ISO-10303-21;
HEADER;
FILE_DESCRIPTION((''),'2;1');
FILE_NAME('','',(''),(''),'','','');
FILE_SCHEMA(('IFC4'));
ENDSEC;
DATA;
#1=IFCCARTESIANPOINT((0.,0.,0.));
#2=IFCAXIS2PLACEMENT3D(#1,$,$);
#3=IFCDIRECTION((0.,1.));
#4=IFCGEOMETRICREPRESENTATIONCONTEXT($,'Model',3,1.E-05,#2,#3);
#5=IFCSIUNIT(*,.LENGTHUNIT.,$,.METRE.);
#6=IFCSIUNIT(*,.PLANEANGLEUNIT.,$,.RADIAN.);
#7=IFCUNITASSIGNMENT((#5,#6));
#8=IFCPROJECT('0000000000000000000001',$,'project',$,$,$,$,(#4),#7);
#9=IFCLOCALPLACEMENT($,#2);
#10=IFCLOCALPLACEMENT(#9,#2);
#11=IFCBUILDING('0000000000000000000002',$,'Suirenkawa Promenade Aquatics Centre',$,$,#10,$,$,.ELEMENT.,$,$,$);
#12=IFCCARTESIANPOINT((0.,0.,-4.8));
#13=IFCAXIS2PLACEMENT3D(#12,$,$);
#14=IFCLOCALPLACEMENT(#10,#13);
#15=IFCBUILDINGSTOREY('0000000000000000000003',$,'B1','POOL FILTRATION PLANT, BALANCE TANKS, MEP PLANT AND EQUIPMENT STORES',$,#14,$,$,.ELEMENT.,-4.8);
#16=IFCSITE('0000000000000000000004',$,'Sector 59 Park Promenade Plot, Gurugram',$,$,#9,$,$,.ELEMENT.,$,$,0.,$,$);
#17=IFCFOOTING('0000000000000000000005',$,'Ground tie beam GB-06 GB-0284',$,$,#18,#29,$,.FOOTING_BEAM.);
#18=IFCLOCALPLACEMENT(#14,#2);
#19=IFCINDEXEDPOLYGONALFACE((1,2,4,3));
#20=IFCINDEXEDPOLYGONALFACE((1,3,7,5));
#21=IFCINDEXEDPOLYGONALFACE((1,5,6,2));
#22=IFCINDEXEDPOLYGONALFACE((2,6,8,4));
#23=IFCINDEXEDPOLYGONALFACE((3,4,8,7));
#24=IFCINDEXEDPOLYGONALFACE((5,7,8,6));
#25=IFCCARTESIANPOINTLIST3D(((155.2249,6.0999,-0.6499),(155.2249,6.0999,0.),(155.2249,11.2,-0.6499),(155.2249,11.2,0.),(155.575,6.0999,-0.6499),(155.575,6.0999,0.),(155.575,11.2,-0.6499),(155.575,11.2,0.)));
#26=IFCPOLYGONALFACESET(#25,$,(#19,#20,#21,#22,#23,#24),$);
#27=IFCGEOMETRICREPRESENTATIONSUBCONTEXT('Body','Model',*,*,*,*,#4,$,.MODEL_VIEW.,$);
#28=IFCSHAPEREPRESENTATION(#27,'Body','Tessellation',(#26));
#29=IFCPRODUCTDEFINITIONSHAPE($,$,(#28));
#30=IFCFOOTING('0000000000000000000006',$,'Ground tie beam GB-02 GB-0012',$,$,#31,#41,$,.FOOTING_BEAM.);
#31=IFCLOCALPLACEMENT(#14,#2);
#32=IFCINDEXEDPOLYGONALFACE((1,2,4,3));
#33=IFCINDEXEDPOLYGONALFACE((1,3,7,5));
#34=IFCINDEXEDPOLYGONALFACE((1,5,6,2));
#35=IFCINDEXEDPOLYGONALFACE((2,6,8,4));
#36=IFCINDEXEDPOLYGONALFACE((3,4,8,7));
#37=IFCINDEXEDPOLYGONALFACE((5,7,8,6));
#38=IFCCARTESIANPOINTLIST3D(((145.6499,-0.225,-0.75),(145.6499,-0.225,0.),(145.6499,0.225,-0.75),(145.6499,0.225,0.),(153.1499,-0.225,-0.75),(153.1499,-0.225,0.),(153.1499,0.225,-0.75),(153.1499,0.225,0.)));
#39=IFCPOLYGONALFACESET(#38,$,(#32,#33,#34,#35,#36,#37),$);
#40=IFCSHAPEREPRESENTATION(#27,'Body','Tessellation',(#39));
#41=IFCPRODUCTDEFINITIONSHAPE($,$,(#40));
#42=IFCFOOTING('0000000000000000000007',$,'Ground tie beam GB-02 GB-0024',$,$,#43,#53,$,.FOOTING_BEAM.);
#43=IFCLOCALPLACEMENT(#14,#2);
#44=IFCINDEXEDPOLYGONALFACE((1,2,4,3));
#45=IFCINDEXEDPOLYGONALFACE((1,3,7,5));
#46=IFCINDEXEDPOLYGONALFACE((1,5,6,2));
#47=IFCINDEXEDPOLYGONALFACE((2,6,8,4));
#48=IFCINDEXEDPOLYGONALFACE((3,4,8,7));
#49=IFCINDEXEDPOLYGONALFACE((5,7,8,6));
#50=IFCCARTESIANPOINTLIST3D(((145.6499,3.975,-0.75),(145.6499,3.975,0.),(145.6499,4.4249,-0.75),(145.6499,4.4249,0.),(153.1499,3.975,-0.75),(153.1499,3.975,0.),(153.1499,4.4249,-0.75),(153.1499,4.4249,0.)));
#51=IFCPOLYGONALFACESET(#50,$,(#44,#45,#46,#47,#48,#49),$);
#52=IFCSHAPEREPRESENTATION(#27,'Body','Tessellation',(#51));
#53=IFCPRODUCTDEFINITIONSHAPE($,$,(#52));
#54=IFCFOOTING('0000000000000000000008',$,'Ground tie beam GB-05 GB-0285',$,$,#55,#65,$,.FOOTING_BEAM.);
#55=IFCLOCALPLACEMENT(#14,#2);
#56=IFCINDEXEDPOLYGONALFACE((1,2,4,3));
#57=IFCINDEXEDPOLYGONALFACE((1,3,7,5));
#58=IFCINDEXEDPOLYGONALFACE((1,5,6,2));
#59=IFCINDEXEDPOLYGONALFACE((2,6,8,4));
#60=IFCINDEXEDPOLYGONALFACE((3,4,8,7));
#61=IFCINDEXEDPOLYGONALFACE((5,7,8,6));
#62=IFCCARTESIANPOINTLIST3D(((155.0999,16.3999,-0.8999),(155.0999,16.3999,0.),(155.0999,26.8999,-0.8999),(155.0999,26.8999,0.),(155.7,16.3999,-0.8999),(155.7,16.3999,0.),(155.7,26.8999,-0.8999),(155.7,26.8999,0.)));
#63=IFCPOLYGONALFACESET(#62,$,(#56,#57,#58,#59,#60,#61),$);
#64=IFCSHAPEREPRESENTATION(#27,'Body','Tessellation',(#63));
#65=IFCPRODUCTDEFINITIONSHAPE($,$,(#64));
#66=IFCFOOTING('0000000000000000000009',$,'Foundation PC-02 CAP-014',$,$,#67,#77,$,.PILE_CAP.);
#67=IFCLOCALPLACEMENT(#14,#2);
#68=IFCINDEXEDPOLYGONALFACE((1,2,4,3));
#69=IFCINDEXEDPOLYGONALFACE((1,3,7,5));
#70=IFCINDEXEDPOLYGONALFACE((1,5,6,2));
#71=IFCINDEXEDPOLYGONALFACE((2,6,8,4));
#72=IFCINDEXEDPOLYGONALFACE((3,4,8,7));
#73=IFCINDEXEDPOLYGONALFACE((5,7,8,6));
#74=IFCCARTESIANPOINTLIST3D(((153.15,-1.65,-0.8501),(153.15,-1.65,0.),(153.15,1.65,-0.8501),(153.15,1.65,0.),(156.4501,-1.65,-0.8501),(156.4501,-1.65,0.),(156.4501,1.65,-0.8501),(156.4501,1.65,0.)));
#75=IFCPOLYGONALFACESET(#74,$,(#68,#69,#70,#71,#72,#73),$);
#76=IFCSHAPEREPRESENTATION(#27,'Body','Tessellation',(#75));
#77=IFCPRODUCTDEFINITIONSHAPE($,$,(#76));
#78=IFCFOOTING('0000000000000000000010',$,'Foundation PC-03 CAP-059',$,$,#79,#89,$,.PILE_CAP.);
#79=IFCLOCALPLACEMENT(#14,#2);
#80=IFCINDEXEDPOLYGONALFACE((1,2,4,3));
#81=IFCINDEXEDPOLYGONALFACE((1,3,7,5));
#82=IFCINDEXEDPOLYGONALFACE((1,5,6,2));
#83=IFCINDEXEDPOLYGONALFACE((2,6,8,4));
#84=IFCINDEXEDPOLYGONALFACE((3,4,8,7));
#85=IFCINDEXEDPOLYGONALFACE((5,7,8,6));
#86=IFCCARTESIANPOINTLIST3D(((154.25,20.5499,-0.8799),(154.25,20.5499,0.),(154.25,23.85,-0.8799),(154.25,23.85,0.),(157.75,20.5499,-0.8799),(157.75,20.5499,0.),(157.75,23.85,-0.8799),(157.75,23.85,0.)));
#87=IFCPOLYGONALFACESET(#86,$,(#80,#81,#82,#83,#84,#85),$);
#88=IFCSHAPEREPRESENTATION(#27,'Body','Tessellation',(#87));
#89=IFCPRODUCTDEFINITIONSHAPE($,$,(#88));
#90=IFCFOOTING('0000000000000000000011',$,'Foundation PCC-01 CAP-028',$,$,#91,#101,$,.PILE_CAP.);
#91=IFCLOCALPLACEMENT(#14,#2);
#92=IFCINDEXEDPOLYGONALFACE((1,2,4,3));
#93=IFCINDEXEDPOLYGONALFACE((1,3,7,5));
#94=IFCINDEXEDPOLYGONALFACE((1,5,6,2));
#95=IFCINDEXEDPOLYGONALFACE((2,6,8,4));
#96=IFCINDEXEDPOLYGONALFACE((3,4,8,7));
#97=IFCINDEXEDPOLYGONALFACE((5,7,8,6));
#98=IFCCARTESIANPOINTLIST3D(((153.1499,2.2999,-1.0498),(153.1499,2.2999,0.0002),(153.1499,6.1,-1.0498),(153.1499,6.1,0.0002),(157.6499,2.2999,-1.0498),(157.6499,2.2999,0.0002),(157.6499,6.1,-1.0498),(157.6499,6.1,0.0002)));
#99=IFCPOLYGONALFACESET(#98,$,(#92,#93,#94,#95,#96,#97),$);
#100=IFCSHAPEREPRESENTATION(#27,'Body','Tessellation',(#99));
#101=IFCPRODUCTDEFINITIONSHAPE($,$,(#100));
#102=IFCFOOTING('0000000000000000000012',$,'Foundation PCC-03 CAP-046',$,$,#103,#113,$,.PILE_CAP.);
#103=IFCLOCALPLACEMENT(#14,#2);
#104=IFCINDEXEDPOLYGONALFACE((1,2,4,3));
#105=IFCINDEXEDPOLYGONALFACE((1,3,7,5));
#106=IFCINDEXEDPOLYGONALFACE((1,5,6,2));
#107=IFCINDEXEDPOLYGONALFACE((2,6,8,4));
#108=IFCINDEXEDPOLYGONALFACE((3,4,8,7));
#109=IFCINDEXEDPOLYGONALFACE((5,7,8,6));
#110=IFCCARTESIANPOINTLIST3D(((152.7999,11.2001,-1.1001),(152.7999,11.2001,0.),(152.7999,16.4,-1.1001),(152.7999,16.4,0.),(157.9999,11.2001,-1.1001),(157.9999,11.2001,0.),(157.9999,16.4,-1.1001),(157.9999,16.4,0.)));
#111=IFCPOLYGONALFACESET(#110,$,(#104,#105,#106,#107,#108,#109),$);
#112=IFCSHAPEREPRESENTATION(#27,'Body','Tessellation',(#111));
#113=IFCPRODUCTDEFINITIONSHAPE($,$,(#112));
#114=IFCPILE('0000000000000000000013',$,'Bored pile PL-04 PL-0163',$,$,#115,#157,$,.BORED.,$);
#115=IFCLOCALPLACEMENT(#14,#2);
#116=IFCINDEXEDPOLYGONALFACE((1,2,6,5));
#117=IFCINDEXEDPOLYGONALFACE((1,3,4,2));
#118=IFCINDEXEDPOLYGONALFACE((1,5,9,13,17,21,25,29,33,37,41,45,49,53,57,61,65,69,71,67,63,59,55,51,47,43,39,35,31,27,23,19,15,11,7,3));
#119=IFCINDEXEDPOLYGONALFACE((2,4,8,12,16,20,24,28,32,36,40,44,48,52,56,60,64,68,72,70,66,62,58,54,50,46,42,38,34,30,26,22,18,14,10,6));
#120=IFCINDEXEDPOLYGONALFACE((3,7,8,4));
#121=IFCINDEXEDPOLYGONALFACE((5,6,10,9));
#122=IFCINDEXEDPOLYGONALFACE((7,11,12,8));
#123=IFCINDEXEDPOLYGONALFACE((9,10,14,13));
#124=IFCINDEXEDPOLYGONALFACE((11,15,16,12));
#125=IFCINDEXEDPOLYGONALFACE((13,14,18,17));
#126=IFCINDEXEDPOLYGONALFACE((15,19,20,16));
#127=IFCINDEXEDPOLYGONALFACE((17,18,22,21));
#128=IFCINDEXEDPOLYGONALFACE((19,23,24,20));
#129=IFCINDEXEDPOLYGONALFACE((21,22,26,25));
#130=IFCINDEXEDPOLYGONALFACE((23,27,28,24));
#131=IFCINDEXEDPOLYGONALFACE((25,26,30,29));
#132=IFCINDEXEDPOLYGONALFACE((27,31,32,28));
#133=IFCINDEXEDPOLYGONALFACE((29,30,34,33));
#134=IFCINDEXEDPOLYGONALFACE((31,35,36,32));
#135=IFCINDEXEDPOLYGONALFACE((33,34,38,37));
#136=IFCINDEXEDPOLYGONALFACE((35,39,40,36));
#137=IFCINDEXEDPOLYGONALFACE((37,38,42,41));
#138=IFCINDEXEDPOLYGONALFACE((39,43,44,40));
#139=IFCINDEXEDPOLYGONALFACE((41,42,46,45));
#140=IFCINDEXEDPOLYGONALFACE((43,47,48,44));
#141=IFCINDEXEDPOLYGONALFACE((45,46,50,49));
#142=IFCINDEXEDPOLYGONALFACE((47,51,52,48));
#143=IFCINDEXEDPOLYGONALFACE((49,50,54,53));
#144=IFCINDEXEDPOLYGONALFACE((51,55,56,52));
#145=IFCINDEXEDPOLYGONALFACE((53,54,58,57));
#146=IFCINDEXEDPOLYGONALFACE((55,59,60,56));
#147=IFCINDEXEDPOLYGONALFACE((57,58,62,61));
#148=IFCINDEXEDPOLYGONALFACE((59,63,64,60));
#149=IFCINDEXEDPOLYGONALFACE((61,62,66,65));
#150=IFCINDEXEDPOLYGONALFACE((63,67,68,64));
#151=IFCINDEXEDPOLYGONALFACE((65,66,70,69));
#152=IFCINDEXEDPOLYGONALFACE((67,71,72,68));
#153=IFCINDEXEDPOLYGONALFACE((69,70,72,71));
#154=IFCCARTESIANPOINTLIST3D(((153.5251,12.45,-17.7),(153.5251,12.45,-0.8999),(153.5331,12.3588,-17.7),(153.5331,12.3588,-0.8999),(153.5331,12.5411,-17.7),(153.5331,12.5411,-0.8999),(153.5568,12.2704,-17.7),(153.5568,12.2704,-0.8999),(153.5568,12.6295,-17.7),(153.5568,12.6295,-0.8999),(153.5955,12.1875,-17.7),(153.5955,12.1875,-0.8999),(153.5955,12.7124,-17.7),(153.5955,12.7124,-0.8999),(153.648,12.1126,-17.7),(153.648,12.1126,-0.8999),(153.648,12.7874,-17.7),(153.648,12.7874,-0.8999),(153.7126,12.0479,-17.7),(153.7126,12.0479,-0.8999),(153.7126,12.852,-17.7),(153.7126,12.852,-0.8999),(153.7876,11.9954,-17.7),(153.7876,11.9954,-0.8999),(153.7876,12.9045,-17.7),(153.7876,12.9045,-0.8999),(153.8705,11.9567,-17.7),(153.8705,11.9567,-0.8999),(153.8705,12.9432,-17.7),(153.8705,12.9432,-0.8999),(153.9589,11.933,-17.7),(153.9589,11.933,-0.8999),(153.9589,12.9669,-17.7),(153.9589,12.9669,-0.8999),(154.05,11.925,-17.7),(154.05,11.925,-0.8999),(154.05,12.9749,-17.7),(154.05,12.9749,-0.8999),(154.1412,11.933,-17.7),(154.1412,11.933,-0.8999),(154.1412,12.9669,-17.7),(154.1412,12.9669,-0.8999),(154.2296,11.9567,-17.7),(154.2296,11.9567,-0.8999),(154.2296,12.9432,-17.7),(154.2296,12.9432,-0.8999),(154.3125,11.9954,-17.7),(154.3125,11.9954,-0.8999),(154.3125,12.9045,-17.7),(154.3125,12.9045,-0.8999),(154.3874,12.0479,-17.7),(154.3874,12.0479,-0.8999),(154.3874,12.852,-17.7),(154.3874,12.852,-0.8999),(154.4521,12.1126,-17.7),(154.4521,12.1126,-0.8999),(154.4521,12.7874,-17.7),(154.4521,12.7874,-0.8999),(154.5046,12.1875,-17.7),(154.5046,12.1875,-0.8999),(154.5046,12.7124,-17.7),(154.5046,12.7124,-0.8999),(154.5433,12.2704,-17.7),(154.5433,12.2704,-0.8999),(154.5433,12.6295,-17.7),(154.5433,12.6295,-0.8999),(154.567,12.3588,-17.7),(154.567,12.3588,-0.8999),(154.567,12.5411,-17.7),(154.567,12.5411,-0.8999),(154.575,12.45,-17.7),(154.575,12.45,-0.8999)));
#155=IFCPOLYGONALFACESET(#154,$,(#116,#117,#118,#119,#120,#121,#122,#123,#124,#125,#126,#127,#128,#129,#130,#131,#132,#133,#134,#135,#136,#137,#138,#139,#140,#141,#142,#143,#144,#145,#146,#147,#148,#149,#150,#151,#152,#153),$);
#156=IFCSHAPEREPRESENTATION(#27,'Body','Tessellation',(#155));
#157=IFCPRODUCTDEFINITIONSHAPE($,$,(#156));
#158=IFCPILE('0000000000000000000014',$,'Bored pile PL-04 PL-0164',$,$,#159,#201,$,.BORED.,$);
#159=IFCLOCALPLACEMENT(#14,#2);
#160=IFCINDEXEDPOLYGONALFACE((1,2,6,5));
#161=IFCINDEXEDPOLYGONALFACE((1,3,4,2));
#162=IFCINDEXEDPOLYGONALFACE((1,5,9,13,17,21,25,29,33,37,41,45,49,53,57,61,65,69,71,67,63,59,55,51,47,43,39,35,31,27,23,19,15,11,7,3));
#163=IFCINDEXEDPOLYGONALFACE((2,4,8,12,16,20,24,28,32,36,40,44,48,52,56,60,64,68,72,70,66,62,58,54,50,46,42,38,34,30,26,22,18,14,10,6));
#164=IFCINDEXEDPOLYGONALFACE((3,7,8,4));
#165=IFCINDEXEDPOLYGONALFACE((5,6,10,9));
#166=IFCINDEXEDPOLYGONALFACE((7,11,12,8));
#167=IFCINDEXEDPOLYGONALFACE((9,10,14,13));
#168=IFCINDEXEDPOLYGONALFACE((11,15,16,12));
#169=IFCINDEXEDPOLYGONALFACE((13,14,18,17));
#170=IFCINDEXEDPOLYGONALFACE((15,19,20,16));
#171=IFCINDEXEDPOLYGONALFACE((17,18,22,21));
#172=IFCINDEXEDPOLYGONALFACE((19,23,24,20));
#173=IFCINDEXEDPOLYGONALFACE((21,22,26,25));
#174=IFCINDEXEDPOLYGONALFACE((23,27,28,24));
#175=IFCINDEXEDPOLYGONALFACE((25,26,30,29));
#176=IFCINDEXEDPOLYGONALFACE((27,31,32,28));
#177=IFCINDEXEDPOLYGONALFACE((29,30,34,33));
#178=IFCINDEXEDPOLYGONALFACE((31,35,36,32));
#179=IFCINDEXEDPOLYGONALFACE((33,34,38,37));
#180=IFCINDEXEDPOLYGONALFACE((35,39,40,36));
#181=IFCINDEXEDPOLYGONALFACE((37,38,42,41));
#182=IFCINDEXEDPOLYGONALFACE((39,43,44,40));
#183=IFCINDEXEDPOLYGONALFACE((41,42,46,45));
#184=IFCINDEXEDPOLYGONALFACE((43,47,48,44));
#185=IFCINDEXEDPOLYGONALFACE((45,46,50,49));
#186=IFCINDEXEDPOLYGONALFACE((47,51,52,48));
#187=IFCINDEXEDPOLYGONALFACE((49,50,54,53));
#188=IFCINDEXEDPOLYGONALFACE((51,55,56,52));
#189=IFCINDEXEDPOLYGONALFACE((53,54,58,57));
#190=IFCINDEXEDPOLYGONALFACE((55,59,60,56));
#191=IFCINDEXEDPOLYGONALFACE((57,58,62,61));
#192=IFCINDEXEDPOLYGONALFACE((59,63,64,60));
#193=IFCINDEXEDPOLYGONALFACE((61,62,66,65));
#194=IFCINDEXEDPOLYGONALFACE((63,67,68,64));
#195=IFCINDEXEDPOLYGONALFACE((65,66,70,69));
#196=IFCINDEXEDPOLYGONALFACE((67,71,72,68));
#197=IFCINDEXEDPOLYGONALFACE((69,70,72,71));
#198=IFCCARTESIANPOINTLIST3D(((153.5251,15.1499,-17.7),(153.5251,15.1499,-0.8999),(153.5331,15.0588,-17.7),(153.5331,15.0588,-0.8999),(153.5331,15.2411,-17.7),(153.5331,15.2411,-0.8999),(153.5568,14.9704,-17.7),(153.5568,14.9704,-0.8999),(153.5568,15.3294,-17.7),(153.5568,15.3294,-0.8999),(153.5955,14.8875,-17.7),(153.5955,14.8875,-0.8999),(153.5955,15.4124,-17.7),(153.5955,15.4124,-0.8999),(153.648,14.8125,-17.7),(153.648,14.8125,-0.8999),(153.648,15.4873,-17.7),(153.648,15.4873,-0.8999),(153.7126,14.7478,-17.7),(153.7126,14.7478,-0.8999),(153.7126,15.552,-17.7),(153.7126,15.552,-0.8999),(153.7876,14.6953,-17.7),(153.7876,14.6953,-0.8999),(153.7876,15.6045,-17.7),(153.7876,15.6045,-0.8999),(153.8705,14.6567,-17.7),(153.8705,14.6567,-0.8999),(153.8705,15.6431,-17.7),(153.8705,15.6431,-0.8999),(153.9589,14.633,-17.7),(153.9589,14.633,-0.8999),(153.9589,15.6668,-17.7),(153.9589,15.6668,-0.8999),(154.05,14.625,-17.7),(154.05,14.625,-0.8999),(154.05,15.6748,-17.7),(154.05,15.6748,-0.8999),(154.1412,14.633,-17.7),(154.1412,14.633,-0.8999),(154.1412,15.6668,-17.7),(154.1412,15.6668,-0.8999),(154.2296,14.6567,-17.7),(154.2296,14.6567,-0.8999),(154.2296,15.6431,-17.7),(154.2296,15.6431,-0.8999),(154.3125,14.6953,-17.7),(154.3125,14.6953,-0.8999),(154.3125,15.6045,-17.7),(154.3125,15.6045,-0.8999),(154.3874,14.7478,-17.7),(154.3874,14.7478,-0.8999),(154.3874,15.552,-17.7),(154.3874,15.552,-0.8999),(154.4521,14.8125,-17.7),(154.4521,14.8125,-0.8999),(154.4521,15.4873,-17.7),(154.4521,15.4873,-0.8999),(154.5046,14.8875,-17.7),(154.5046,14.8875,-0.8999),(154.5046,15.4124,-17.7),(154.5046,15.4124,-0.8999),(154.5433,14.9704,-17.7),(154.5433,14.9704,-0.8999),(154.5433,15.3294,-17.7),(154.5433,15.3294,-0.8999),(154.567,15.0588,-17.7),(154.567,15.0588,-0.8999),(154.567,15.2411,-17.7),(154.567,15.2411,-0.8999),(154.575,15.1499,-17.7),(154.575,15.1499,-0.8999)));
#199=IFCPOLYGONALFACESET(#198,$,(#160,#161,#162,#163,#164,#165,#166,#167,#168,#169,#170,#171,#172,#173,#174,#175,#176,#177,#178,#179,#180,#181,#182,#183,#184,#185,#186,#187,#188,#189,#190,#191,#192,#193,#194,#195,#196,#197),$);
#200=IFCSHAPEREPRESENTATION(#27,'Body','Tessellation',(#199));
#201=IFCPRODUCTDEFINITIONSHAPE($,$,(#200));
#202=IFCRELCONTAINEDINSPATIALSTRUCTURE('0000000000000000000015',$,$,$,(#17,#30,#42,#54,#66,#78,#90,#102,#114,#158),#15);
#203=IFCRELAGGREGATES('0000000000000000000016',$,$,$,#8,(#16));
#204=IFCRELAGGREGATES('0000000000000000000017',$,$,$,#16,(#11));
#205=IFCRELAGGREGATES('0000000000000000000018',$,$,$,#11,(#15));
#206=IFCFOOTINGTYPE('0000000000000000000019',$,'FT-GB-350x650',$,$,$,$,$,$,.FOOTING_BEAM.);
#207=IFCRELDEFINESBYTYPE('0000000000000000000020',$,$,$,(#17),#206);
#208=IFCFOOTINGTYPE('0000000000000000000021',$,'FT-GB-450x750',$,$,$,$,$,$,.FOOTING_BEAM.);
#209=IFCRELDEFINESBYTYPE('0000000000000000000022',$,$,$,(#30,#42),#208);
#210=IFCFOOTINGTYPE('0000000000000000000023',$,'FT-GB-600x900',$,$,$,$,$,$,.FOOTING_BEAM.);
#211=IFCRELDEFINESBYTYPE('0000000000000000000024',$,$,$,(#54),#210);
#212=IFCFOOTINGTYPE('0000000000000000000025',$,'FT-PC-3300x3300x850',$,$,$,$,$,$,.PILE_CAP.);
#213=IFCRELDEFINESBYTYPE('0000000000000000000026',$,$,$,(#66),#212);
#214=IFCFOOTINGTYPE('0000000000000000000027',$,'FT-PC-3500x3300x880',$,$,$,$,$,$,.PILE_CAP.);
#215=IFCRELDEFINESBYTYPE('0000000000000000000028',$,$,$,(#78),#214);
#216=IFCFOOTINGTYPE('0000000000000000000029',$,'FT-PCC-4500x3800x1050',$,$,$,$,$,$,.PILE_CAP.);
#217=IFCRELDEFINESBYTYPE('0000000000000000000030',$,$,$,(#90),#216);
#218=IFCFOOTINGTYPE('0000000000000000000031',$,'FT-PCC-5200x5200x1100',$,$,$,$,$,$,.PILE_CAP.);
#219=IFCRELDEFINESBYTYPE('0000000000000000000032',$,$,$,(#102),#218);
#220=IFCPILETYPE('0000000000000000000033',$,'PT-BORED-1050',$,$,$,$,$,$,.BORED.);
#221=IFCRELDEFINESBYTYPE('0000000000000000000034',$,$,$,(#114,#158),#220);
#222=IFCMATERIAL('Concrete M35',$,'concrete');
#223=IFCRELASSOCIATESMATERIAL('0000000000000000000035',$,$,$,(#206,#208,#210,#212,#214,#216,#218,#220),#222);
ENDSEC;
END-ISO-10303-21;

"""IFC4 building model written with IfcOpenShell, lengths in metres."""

from ifc_helpers import new_model, si_unit, direction, frame, origin, origin_2d, place, context, subcontext, project, spatial, rectangle, circle, extrude, material, material_profile, profile_set, type_object, element, save


model = new_model("IFC4")

# Units and contexts
model_context = context("Model", 3, precision=1e-05, world=origin(), true_north=direction((0.0, 1.0)))
body_context = subcontext(model_context, "Body", "Model", "MODEL_VIEW")
ifc_project = project(units=[si_unit("LENGTHUNIT", "METRE"), si_unit("PLANEANGLEUNIT", "RADIAN")], contexts=[model_context])

# Site, building, storey
site_placement = place(None, origin())
site = spatial("IfcSite", under=ifc_project, at=site_placement, Name="Sector 59 Park Promenade Plot, Gurugram", CompositionType="ELEMENT", RefElevation=0.0)
building_placement = place(site_placement, origin())
building = spatial("IfcBuilding", under=site, at=building_placement, Name="Suirenkawa Promenade Aquatics Centre", CompositionType="ELEMENT")
storey_placement = place(building_placement, frame((0.0, 0.0, -4.8)))
storey = spatial("IfcBuildingStorey", under=building, at=storey_placement, Name="B1", Description="POOL FILTRATION PLANT, BALANCE TANKS, MEP PLANT AND EQUIPMENT STORES", CompositionType="ELEMENT", Elevation=-4.8)

# Footings
ifc_material_1 = material(Name="Concrete M35", Category="concrete")
footing_type_1 = type_object("IfcFootingType", Name="FT-GB-350x650", PredefinedType="FOOTING_BEAM", material=ifc_material_1)
footing_1_placement = place(storey_placement, frame((155.3999, 8.6499, -0.6499), z_axis=(0.0, 0.0, 1.0), x_axis=(0.0, 1.0, 0.0)))
element("IfcFooting", 1, at=footing_1_placement, inside=storey, type_object=footing_type_1, Name="Ground tie beam GB-06 GB-0284", PredefinedType="FOOTING_BEAM", context=body_context, shape_type="SweptSolid", body=[
    extrude(rectangle(XDim=5.1001, YDim=0.3501, at=origin_2d()), origin(), (0.0, 0.0, 1.0), 0.6499),
])
footing_type_2 = type_object("IfcFootingType", Name="FT-GB-450x750", PredefinedType="FOOTING_BEAM", material=ifc_material_1)
for number, where, z_axis, x_axis, name in (
    (2, (149.3999, 0.0, -0.75), (0.0, 0.0, 1.0), (1.0, 0.0, 0.0), "Ground tie beam GB-02 GB-0012"),
    (3, (149.3999, 4.2, -0.75), (0.0, 0.0, 1.0), (1.0, 0.0, 0.0), "Ground tie beam GB-02 GB-0024"),
):
    element("IfcFooting", number, at=place(storey_placement, frame(where, z_axis=z_axis, x_axis=x_axis)), inside=storey, type_object=footing_type_2, Name=name, PredefinedType="FOOTING_BEAM", context=body_context, shape_type="SweptSolid", body=[
        extrude(rectangle(XDim=7.5, YDim=0.45, at=origin_2d()), origin(), (0.0, 0.0, 1.0), 0.75),
    ])
footing_type_3 = type_object("IfcFootingType", Name="FT-GB-600x900", PredefinedType="FOOTING_BEAM", material=ifc_material_1)
footing_2_placement = place(storey_placement, frame((155.3999, 21.6499, -0.8999), z_axis=(0.0, 0.0, 1.0), x_axis=(0.0, 1.0, 0.0)))
element("IfcFooting", 4, at=footing_2_placement, inside=storey, type_object=footing_type_3, Name="Ground tie beam GB-05 GB-0285", PredefinedType="FOOTING_BEAM", context=body_context, shape_type="SweptSolid", body=[
    extrude(rectangle(XDim=10.5, YDim=0.6001, at=origin_2d()), origin(), (0.0, 0.0, 1.0), 0.8999),
])
footing_type_4 = type_object("IfcFootingType", Name="FT-PC-3300x3300x850", PredefinedType="PILE_CAP", material=ifc_material_1)
footing_3_placement = place(storey_placement, frame((154.8, 0.0, -0.8501), z_axis=(0.0, 0.0, 1.0), x_axis=(1.0, 0.0, 0.0)))
element("IfcFooting", 5, at=footing_3_placement, inside=storey, type_object=footing_type_4, Name="Foundation PC-02 CAP-014", PredefinedType="PILE_CAP", context=body_context, shape_type="SweptSolid", body=[
    extrude(rectangle(XDim=3.3, YDim=3.3, at=origin_2d()), origin(), (0.0, 0.0, 1.0), 0.8501),
])
footing_type_5 = type_object("IfcFootingType", Name="FT-PC-3500x3300x880", PredefinedType="PILE_CAP", material=ifc_material_1)
footing_4_placement = place(storey_placement, frame((156.0, 22.2, -0.8799), z_axis=(0.0, 0.0, 1.0), x_axis=(1.0, 0.0, 0.0)))
element("IfcFooting", 6, at=footing_4_placement, inside=storey, type_object=footing_type_5, Name="Foundation PC-03 CAP-059", PredefinedType="PILE_CAP", context=body_context, shape_type="SweptSolid", body=[
    extrude(rectangle(XDim=3.5, YDim=3.3, at=origin_2d()), origin(), (0.0, 0.0, 1.0), 0.8799),
])
footing_type_6 = type_object("IfcFootingType", Name="FT-PCC-4500x3800x1050", PredefinedType="PILE_CAP", material=ifc_material_1)
footing_5_placement = place(storey_placement, frame((155.3999, 4.2, -1.0498), z_axis=(0.0, 0.0, 1.0), x_axis=(1.0, 0.0, 0.0)))
element("IfcFooting", 7, at=footing_5_placement, inside=storey, type_object=footing_type_6, Name="Foundation PCC-01 CAP-028", PredefinedType="PILE_CAP", context=body_context, shape_type="SweptSolid", body=[
    extrude(rectangle(XDim=4.5, YDim=3.8, at=origin_2d()), origin(), (0.0, 0.0, 1.0), 1.05),
])
footing_type_7 = type_object("IfcFootingType", Name="FT-PCC-5200x5200x1100", PredefinedType="PILE_CAP", material=ifc_material_1)
footing_6_placement = place(storey_placement, frame((155.3999, 13.8, -1.1001), z_axis=(0.0, 0.0, 1.0), x_axis=(1.0, 0.0, 0.0)))
element("IfcFooting", 8, at=footing_6_placement, inside=storey, type_object=footing_type_7, Name="Foundation PCC-03 CAP-046", PredefinedType="PILE_CAP", context=body_context, shape_type="SweptSolid", body=[
    extrude(rectangle(XDim=5.2, YDim=5.2, at=origin_2d()), origin(), (0.0, 0.0, 1.0), 1.1001),
])

# Piles
ifc_material_profile_1 = material_profile(ifc_material_1, circle(Radius=0.5249, at=origin_2d()), Name="PILE D1050", Category="concrete")
ifc_profile_set_1 = profile_set([ifc_material_profile_1], Name="Concrete M35")
pile_type_1 = type_object("IfcPileType", Name="PT-BORED-1050", PredefinedType="BORED", material=ifc_profile_set_1)
for number, where, z_axis, x_axis, name in (
    (9, (154.05, 12.45, -0.8999), (0.0, 0.0, -1.0), (1.0, 0.0, 0.0), "Bored pile PL-04 PL-0163"),
    (10, (154.05, 15.1499, -0.8999), (0.0, 0.0, -1.0), (1.0, 0.0, 0.0), "Bored pile PL-04 PL-0164"),
):
    element("IfcPile", number, at=place(storey_placement, frame(where, z_axis=z_axis, x_axis=x_axis)), inside=storey, type_object=pile_type_1, Name=name, PredefinedType="BORED", context=body_context, shape_type="SweptSolid", body=[
        extrude(circle(Radius=0.5249, at=origin_2d()), origin(), (0.0, 0.0, 1.0), 16.8),
    ])

save(model, "model.ifc")
